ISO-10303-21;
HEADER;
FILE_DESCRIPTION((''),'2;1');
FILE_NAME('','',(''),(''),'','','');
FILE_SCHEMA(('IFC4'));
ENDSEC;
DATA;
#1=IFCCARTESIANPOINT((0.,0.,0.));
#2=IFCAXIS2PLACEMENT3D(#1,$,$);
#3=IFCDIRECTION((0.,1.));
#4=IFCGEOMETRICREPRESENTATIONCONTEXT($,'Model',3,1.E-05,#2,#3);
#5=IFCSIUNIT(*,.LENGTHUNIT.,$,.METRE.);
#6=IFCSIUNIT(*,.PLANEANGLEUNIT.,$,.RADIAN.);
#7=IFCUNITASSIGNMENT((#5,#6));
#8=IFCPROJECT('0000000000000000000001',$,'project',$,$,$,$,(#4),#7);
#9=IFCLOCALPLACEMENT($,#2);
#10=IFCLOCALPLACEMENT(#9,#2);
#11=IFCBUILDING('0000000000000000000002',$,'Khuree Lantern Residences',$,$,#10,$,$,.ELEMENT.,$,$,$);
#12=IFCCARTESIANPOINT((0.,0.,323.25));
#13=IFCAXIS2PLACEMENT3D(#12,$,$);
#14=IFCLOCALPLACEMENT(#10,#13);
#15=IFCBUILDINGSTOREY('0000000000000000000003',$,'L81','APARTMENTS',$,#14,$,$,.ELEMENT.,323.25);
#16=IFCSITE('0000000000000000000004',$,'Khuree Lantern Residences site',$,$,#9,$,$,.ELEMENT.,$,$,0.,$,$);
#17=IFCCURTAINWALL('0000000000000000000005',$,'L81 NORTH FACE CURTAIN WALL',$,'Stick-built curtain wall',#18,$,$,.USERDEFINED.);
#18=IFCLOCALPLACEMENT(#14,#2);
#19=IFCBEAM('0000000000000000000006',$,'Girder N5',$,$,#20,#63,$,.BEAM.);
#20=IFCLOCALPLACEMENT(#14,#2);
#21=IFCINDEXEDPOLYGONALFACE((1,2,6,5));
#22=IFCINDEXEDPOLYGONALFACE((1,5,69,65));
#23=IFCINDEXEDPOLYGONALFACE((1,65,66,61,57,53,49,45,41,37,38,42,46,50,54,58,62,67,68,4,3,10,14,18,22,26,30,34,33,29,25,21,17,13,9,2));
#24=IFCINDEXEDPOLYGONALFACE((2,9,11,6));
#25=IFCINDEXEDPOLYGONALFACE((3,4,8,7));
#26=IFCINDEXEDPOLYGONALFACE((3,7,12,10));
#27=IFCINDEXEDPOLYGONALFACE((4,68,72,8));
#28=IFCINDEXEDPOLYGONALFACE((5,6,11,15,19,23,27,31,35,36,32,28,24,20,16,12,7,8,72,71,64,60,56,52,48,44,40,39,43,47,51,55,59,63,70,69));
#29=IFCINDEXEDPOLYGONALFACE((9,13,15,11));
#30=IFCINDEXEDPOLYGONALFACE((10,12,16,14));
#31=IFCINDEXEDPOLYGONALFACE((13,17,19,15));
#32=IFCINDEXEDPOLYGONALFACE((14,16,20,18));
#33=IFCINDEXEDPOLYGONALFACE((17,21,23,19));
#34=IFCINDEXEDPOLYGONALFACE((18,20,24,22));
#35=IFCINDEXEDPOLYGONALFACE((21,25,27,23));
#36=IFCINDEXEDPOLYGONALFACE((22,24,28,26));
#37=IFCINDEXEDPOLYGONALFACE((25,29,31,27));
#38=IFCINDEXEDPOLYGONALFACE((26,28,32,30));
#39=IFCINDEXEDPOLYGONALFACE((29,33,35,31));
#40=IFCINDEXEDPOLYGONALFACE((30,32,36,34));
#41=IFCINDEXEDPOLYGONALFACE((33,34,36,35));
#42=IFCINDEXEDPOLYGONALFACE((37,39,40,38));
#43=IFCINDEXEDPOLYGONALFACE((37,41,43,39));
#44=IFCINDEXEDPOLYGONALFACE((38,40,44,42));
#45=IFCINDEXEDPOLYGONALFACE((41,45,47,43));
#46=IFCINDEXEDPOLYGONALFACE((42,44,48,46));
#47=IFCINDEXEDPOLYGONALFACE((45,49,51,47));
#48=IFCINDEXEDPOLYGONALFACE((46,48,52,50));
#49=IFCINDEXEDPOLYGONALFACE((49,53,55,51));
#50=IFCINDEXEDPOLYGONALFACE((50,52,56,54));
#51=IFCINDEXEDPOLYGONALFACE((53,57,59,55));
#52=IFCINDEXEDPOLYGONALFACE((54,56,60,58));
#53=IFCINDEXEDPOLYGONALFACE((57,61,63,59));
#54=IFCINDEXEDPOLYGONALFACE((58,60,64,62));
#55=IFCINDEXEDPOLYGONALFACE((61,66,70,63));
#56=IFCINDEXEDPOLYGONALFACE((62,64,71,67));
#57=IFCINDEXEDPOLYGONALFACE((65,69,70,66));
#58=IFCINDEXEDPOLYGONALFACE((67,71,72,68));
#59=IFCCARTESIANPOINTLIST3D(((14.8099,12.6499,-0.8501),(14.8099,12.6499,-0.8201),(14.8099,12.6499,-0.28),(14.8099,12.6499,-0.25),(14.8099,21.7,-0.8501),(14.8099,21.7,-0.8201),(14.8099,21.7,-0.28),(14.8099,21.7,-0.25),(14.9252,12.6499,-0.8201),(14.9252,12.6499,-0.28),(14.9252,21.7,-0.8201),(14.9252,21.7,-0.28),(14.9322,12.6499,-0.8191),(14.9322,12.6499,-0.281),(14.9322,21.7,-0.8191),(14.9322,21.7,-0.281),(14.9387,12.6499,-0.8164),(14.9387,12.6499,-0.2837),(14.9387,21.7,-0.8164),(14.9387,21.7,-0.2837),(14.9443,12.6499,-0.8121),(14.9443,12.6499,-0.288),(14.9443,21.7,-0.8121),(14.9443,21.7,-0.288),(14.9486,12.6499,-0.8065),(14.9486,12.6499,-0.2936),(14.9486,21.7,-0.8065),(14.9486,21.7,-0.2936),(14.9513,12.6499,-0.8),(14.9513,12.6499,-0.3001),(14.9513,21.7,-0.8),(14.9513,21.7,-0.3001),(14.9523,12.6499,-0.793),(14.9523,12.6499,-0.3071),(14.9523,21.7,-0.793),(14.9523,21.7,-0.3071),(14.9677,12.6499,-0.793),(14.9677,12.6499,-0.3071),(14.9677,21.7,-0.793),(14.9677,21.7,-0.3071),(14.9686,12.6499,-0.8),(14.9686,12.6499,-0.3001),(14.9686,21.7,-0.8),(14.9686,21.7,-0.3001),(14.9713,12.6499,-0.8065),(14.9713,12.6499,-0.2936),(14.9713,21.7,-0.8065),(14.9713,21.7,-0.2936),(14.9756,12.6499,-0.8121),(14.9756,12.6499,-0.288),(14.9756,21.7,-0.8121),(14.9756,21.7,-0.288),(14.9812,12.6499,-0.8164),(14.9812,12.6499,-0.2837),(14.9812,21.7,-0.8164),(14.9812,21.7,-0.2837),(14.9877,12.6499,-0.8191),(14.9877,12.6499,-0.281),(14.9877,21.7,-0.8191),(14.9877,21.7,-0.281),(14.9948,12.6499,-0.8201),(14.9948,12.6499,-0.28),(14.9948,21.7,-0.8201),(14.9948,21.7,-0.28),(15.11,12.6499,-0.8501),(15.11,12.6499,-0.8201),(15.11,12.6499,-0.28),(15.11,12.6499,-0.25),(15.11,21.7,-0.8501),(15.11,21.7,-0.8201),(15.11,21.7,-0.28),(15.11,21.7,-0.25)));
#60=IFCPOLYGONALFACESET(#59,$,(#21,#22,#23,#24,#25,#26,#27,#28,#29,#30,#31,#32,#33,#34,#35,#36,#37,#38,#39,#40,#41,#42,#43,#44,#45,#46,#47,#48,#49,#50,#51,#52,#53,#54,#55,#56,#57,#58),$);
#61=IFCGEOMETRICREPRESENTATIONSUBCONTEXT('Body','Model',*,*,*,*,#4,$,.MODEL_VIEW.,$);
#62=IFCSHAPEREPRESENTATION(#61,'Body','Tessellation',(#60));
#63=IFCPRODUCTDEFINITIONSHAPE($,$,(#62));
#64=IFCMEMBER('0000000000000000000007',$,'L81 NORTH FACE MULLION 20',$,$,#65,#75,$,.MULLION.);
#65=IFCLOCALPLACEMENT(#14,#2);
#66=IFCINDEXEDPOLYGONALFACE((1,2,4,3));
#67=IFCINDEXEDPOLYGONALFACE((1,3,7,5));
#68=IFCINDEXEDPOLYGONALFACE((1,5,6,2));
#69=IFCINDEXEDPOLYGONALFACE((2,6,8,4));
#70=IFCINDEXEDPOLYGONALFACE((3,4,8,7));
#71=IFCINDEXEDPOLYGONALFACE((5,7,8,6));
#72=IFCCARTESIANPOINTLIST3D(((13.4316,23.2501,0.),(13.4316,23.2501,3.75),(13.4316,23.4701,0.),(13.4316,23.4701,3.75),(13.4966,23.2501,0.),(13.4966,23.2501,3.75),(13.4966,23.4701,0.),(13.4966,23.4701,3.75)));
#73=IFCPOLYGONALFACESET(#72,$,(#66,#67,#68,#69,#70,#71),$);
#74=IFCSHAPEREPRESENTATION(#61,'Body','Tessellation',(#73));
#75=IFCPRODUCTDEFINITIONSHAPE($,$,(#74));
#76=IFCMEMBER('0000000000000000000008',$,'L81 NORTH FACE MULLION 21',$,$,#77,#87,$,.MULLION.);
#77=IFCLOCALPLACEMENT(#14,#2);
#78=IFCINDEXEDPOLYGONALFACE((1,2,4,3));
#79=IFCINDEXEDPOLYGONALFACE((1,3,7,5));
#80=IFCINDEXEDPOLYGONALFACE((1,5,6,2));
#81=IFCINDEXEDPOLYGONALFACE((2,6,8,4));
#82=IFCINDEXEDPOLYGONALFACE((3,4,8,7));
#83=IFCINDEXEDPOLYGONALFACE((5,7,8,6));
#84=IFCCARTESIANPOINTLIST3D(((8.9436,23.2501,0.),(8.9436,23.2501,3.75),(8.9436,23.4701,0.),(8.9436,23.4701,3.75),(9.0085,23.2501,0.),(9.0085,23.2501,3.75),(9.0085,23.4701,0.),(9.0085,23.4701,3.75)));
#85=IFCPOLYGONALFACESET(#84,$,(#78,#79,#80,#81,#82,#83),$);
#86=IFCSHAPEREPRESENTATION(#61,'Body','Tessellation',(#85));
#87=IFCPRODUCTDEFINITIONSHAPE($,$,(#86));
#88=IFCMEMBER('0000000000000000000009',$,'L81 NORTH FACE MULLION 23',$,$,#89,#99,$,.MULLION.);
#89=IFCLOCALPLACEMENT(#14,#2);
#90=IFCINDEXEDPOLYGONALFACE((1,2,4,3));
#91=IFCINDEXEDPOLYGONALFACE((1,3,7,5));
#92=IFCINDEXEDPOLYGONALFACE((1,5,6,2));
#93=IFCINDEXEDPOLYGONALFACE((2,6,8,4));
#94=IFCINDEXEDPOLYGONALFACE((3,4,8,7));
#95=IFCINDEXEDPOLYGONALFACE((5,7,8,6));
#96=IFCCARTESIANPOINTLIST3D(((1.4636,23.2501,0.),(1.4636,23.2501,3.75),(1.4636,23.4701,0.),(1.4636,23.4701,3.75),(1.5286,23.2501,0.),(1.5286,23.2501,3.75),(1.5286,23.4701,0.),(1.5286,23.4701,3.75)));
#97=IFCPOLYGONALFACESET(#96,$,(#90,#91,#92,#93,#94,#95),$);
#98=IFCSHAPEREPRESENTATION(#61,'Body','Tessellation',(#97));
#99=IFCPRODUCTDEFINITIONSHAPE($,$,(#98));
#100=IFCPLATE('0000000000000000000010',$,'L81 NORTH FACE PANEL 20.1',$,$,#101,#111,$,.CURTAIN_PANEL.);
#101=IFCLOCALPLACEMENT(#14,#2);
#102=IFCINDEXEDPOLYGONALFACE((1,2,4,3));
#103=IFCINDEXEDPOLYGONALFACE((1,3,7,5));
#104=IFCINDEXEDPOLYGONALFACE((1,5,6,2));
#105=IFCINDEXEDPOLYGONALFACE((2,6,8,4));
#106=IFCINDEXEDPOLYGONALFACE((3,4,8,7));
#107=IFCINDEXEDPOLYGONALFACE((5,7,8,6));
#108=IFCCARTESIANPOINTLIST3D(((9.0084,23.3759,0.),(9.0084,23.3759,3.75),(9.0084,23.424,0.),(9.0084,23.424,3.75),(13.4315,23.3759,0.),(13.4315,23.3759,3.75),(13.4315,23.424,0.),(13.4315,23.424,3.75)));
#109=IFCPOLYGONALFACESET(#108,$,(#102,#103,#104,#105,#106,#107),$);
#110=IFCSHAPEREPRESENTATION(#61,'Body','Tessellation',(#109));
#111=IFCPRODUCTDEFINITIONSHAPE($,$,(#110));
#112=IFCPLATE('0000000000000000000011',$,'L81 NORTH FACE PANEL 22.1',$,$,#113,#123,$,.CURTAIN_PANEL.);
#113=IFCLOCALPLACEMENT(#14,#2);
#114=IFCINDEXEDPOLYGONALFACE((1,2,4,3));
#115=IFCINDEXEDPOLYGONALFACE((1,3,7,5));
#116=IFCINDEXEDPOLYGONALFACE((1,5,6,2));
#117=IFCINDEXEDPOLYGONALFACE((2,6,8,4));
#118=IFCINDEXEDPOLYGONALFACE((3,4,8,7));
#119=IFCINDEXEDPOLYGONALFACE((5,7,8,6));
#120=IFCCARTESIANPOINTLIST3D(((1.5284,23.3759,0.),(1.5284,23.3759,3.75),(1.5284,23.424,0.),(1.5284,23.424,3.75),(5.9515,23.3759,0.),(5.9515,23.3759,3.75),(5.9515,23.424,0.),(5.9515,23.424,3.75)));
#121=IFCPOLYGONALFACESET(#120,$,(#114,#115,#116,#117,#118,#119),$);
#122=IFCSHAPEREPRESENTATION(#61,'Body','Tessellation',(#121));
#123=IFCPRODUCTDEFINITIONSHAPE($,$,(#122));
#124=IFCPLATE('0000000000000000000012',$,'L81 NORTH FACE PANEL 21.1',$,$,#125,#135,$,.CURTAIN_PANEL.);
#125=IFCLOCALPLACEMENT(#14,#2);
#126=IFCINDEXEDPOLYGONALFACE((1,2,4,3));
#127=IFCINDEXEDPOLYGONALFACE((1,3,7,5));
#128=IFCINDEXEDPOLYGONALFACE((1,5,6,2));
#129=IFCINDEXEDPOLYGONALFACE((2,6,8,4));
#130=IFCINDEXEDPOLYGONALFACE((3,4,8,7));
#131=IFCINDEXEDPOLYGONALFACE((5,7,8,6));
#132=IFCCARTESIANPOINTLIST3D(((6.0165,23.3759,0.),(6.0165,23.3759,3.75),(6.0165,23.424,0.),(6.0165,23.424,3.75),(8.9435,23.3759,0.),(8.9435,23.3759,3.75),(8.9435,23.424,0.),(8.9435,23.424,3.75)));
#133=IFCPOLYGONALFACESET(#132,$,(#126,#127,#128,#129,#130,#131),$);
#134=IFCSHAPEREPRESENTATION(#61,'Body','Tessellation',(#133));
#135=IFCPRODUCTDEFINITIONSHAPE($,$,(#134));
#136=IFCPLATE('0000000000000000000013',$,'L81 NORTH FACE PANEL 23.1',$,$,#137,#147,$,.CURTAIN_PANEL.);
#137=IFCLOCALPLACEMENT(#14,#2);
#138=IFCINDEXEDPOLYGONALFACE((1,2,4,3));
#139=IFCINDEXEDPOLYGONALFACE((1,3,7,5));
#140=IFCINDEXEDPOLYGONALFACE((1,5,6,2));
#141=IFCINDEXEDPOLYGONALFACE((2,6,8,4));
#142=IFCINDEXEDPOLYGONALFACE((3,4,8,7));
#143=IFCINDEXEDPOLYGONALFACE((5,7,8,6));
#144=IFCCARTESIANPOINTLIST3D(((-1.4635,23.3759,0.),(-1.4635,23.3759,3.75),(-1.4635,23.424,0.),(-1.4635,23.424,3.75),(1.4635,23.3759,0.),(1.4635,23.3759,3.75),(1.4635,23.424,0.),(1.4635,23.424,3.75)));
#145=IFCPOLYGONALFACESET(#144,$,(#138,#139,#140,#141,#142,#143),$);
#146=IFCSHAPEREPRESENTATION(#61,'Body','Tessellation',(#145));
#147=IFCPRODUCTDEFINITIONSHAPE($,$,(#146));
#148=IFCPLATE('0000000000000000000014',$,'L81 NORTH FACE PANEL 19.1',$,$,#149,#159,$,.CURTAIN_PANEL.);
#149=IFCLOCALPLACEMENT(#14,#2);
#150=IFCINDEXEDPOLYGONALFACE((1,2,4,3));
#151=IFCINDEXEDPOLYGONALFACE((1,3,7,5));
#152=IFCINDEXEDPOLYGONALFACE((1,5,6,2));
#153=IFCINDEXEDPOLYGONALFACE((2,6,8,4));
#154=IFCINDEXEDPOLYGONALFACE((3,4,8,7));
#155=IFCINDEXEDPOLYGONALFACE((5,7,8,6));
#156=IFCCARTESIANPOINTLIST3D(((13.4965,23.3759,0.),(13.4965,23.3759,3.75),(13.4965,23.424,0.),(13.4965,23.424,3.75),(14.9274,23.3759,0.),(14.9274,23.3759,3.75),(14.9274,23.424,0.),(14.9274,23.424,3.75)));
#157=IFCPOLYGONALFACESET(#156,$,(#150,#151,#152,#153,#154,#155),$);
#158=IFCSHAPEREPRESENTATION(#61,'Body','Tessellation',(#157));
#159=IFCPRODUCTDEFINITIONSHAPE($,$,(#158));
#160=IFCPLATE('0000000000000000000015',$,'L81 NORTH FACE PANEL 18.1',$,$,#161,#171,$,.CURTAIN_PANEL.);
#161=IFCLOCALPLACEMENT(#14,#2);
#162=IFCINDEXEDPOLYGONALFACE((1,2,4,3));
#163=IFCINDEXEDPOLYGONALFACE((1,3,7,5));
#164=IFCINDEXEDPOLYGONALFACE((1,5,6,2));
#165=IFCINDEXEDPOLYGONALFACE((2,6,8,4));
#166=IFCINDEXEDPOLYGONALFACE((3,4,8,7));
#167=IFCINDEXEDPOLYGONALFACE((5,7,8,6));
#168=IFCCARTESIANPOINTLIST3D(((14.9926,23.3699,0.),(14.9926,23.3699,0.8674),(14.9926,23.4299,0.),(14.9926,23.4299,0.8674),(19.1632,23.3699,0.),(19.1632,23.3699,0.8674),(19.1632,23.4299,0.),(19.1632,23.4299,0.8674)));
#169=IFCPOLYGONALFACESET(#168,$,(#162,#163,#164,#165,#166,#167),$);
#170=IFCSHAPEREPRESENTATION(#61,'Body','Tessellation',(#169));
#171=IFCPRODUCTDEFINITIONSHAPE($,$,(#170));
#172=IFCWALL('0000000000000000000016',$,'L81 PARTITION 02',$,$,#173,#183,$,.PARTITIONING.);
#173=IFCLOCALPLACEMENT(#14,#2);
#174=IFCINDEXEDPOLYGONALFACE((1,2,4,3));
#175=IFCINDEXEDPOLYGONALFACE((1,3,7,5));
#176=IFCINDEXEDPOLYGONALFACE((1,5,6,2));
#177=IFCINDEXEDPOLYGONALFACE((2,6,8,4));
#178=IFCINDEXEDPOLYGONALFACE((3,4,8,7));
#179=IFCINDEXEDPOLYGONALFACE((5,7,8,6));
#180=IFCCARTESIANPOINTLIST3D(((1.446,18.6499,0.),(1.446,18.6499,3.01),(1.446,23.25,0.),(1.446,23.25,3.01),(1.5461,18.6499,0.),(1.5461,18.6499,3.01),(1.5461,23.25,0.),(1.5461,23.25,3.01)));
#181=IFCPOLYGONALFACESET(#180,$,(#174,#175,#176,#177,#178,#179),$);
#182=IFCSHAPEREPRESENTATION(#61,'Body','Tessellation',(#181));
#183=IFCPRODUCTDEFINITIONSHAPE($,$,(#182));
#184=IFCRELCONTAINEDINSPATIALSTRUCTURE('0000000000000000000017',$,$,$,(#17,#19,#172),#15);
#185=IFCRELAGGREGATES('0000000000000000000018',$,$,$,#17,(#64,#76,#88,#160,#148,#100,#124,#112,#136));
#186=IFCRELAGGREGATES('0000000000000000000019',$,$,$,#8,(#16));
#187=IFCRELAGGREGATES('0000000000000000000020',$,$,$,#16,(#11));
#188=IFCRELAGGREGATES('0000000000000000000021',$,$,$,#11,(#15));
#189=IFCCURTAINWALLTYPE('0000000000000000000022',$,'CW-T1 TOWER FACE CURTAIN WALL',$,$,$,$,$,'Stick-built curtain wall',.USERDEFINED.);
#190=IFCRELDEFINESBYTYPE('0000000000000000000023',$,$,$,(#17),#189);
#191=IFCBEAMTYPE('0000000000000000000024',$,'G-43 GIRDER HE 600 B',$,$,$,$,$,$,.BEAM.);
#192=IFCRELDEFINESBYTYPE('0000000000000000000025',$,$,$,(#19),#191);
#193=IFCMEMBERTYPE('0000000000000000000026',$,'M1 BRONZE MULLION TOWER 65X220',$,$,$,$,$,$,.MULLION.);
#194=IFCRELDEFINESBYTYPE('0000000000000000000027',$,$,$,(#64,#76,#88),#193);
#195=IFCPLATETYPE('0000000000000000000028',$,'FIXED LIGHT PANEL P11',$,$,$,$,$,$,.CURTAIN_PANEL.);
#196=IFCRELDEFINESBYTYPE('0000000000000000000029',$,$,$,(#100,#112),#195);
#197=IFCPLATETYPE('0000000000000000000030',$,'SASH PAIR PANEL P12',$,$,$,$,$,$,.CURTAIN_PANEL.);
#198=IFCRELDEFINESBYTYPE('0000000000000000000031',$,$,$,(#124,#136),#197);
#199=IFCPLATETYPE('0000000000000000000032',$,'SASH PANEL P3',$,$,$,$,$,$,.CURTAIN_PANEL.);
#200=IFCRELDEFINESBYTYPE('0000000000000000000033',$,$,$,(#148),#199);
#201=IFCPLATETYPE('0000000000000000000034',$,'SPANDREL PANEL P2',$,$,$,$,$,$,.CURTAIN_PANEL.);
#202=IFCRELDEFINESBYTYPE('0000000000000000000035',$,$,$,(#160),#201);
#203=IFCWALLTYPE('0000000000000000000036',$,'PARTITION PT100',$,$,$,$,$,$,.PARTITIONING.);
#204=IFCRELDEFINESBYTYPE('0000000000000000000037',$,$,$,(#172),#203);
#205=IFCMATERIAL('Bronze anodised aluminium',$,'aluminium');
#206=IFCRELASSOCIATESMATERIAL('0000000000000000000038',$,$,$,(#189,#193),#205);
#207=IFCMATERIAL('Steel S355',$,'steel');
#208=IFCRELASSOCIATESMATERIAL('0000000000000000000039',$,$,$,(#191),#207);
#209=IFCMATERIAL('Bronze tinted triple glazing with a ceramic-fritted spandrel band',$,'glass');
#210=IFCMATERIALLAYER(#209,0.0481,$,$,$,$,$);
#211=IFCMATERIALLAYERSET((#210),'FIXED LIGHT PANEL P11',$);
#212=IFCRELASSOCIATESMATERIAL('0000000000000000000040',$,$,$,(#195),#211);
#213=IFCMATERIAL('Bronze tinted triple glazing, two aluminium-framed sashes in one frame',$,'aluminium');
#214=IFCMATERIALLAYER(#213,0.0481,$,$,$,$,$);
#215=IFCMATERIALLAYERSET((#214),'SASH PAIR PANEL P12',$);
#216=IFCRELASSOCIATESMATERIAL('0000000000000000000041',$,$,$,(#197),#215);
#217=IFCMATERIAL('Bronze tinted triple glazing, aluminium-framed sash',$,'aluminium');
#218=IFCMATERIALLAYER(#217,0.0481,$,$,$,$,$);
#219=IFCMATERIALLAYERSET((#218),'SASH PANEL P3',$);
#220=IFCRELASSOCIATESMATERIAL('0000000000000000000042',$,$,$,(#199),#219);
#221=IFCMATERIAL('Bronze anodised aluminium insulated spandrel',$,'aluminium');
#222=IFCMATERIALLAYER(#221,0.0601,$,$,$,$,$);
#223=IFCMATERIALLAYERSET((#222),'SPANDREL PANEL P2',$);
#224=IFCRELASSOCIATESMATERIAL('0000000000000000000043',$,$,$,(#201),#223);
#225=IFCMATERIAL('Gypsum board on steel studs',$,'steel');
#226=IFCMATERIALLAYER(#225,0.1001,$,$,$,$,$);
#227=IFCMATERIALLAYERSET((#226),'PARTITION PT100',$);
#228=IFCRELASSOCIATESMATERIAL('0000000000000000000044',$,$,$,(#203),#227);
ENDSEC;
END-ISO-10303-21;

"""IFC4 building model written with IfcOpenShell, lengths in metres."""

from ifc_helpers import new_model, si_unit, direction, frame, frame_2d, origin, origin_2d, place, context, subcontext, project, spatial, rectangle, i_section, extrude, material, layer, layer_set, material_profile, profile_set, type_object, element, aggregate, save


model = new_model("IFC4")

# Units and contexts
model_context = context("Model", 3, precision=1e-05, world=origin(), true_north=direction((0.0, 1.0)))
body_context = subcontext(model_context, "Body", "Model", "MODEL_VIEW")
ifc_project = project(units=[si_unit("LENGTHUNIT", "METRE"), si_unit("PLANEANGLEUNIT", "RADIAN")], contexts=[model_context])

# Site, building, storey
site_placement = place(None, origin())
site = spatial("IfcSite", under=ifc_project, at=site_placement, Name="Khuree Lantern Residences site", CompositionType="ELEMENT", RefElevation=0.0)
building_placement = place(site_placement, origin())
building = spatial("IfcBuilding", under=site, at=building_placement, Name="Khuree Lantern Residences", CompositionType="ELEMENT")
storey_placement = place(building_placement, frame((0.0, 0.0, 323.25)))
storey = spatial("IfcBuildingStorey", under=building, at=storey_placement, Name="L81", Description="APARTMENTS", CompositionType="ELEMENT", Elevation=323.25)

# Shared definitions
ifc_material_1 = material(Name="Steel S355", Category="steel")

# Curtain wall
ifc_material_2 = material(Name="Bronze anodised aluminium", Category="aluminium")
curtain_wall_type = type_object("IfcCurtainWallType", Name="CW-T1 TOWER FACE CURTAIN WALL", ElementType="Stick-built curtain wall", PredefinedType="USERDEFINED", material=ifc_material_2)
curtain_wall_placement = place(storey_placement, origin())
curtain_wall = element("IfcCurtainWall", 1, at=curtain_wall_placement, inside=storey, type_object=curtain_wall_type, Name="L81 NORTH FACE CURTAIN WALL", ObjectType="Stick-built curtain wall", PredefinedType="USERDEFINED")

# Beam
ifc_material_profile_1 = material_profile(ifc_material_1, i_section(OverallWidth=0.3, OverallDepth=0.6001, WebThickness=0.0154, FlangeThickness=0.03, FilletRadius=0.0271, at=origin_2d()), Name="HE 600 B")
ifc_profile_set_1 = profile_set([ifc_material_profile_1], Name="Steel S355")
beam_type_1 = type_object("IfcBeamType", Name="G-43 GIRDER HE 600 B", PredefinedType="BEAM", material=ifc_profile_set_1)
for number, where, z_axis, x_axis, name in (
    (2, (14.96, 21.7, -0.55), (0.0, -1.0, 0.0), (1.0, 0.0, 0.0), "Girder N5"),
):
    element("IfcBeam", number, at=place(storey_placement, frame(where, z_axis=z_axis, x_axis=x_axis)), inside=storey, type_object=beam_type_1, Name=name, PredefinedType="BEAM", context=body_context, shape_type="SweptSolid", body=[
        extrude(i_section(OverallWidth=0.3, OverallDepth=0.6001, WebThickness=0.0154, FlangeThickness=0.03, FilletRadius=0.0271, at=origin_2d()), origin(), (0.0, 0.0, 1.0), 9.05),
    ])

# Members
ifc_material_profile_2 = material_profile(ifc_material_2, rectangle(XDim=0.0649, YDim=0.22, at=origin_2d()), Name="M1 65X220")
ifc_profile_set_2 = profile_set([ifc_material_profile_2], Name="Bronze anodised aluminium")
member_type_1 = type_object("IfcMemberType", Name="M1 BRONZE MULLION TOWER 65X220", PredefinedType="MULLION", material=ifc_profile_set_2)
member_1_placement = place(storey_placement, frame((13.4641, 23.3601, 0.0), z_axis=(0.0, 0.0, 1.0), x_axis=(-1.0, 0.0, 0.0)))
member_1 = element("IfcMember", 3, at=member_1_placement, type_object=member_type_1, Name="L81 NORTH FACE MULLION 20", PredefinedType="MULLION", context=body_context, shape_type="SweptSolid", body=[
    extrude(rectangle(XDim=0.0649, YDim=0.22, at=origin_2d()), origin(), (0.0, 0.0, 1.0), 3.75),
])
member_2_placement = place(storey_placement, frame((8.9761, 23.3601, 0.0), z_axis=(0.0, 0.0, 1.0), x_axis=(-1.0, 0.0, 0.0)))
member_2 = element("IfcMember", 4, at=member_2_placement, type_object=member_type_1, Name="L81 NORTH FACE MULLION 21", PredefinedType="MULLION", context=body_context, shape_type="SweptSolid", body=[
    extrude(rectangle(XDim=0.0649, YDim=0.22, at=origin_2d()), origin(), (0.0, 0.0, 1.0), 3.75),
])
member_3_placement = place(storey_placement, frame((1.4961, 23.3601, 0.0), z_axis=(0.0, 0.0, 1.0), x_axis=(-1.0, 0.0, 0.0)))
member_3 = element("IfcMember", 5, at=member_3_placement, type_object=member_type_1, Name="L81 NORTH FACE MULLION 23", PredefinedType="MULLION", context=body_context, shape_type="SweptSolid", body=[
    extrude(rectangle(XDim=0.0649, YDim=0.22, at=origin_2d()), origin(), (0.0, 0.0, 1.0), 3.75),
])

# Plates
ifc_material_3 = material(Name="Bronze tinted triple glazing with a ceramic-fritted spandrel band", Category="glass")
ifc_layer_1 = layer(ifc_material_3, 0.0481)
ifc_layer_set_1 = layer_set([ifc_layer_1], Name="FIXED LIGHT PANEL P11")
plate_type_1 = type_object("IfcPlateType", Name="FIXED LIGHT PANEL P11", PredefinedType="CURTAIN_PANEL", material=ifc_layer_set_1)
plate_1_placement = place(storey_placement, frame((11.22, 23.3999, 0.0), z_axis=(0.0, 0.0, 1.0), x_axis=(-1.0, 0.0, 0.0)))
plate_1 = element("IfcPlate", 6, at=plate_1_placement, type_object=plate_type_1, Name="L81 NORTH FACE PANEL 20.1", PredefinedType="CURTAIN_PANEL", context=body_context, shape_type="SweptSolid", body=[
    extrude(rectangle(XDim=4.4231, YDim=0.0481, at=origin_2d()), origin(), (0.0, 0.0, 1.0), 3.75),
])
plate_2_placement = place(storey_placement, frame((3.74, 23.3999, 0.0), z_axis=(0.0, 0.0, 1.0), x_axis=(-1.0, 0.0, 0.0)))
plate_2 = element("IfcPlate", 7, at=plate_2_placement, type_object=plate_type_1, Name="L81 NORTH FACE PANEL 22.1", PredefinedType="CURTAIN_PANEL", context=body_context, shape_type="SweptSolid", body=[
    extrude(rectangle(XDim=4.4231, YDim=0.0481, at=origin_2d()), origin(), (0.0, 0.0, 1.0), 3.75),
])
ifc_material_4 = material(Name="Bronze tinted triple glazing, two aluminium-framed sashes in one frame", Category="aluminium")
ifc_layer_2 = layer(ifc_material_4, 0.0481)
ifc_layer_set_2 = layer_set([ifc_layer_2], Name="SASH PAIR PANEL P12")
plate_type_2 = type_object("IfcPlateType", Name="SASH PAIR PANEL P12", PredefinedType="CURTAIN_PANEL", material=ifc_layer_set_2)
plate_3_placement = place(storey_placement, frame((7.48, 23.3999, 0.0), z_axis=(0.0, 0.0, 1.0), x_axis=(-1.0, 0.0, 0.0)))
plate_3 = element("IfcPlate", 8, at=plate_3_placement, type_object=plate_type_2, Name="L81 NORTH FACE PANEL 21.1", PredefinedType="CURTAIN_PANEL", context=body_context, shape_type="SweptSolid", body=[
    extrude(rectangle(XDim=2.927, YDim=0.0481, at=origin_2d()), origin(), (0.0, 0.0, 1.0), 3.75),
])
plate_4_placement = place(storey_placement, frame((0.0, 23.3999, 0.0), z_axis=(0.0, 0.0, 1.0), x_axis=(-1.0, 0.0, 0.0)))
plate_4 = element("IfcPlate", 9, at=plate_4_placement, type_object=plate_type_2, Name="L81 NORTH FACE PANEL 23.1", PredefinedType="CURTAIN_PANEL", context=body_context, shape_type="SweptSolid", body=[
    extrude(rectangle(XDim=2.927, YDim=0.0481, at=origin_2d()), origin(), (0.0, 0.0, 1.0), 3.75),
])
ifc_material_5 = material(Name="Bronze tinted triple glazing, aluminium-framed sash", Category="aluminium")
ifc_layer_3 = layer(ifc_material_5, 0.0481)
ifc_layer_set_3 = layer_set([ifc_layer_3], Name="SASH PANEL P3")
plate_type_3 = type_object("IfcPlateType", Name="SASH PANEL P3", PredefinedType="CURTAIN_PANEL", material=ifc_layer_set_3)
plate_5_placement = place(storey_placement, frame((14.2119, 23.3999, 0.0), z_axis=(0.0, 0.0, 1.0), x_axis=(-1.0, 0.0, 0.0)))
plate_5 = element("IfcPlate", 10, at=plate_5_placement, type_object=plate_type_3, Name="L81 NORTH FACE PANEL 19.1", PredefinedType="CURTAIN_PANEL", context=body_context, shape_type="SweptSolid", body=[
    extrude(rectangle(XDim=1.4309, YDim=0.0481, at=origin_2d()), origin(), (0.0, 0.0, 1.0), 3.75),
])
ifc_material_6 = material(Name="Bronze anodised aluminium insulated spandrel", Category="aluminium")
ifc_layer_4 = layer(ifc_material_6, 0.0601)
ifc_layer_set_4 = layer_set([ifc_layer_4], Name="SPANDREL PANEL P2")
plate_type_4 = type_object("IfcPlateType", Name="SPANDREL PANEL P2", PredefinedType="CURTAIN_PANEL", material=ifc_layer_set_4)
plate_6_placement = place(storey_placement, frame((17.0779, 23.3999, 0.0), z_axis=(0.0, 0.0, 1.0), x_axis=(-1.0, 0.0, 0.0)))
plate_6 = element("IfcPlate", 11, at=plate_6_placement, type_object=plate_type_4, Name="L81 NORTH FACE PANEL 18.1", PredefinedType="CURTAIN_PANEL", context=body_context, shape_type="SweptSolid", body=[
    extrude(rectangle(XDim=4.1707, YDim=0.0601, at=origin_2d()), origin(), (0.0, 0.0, 1.0), 0.8674),
])
aggregate(curtain_wall, [member_1, member_2, member_3, plate_6, plate_5, plate_1, plate_3, plate_2, plate_4])

# Wall
ifc_material_7 = material(Name="Gypsum board on steel studs", Category="steel")
ifc_layer_5 = layer(ifc_material_7, 0.1001)
ifc_layer_set_5 = layer_set([ifc_layer_5], Name="PARTITION PT100")
wall_type = type_object("IfcWallType", Name="PARTITION PT100", PredefinedType="PARTITIONING", material=ifc_layer_set_5)
wall_1_placement = place(storey_placement, frame((1.4961, 18.6499, 0.0), z_axis=(0.0, 0.0, 1.0), x_axis=(0.0, 1.0, 0.0)))
element("IfcWall", 12, at=wall_1_placement, inside=storey, type_object=wall_type, Name="L81 PARTITION 02", PredefinedType="PARTITIONING", context=body_context, shape_type="SweptSolid", body=[
    extrude(rectangle(XDim=4.6001, YDim=0.1001, at=frame_2d((2.3, 0.0))), origin(), (0.0, 0.0, 1.0), 3.01),
])

save(model, "model.ifc")
